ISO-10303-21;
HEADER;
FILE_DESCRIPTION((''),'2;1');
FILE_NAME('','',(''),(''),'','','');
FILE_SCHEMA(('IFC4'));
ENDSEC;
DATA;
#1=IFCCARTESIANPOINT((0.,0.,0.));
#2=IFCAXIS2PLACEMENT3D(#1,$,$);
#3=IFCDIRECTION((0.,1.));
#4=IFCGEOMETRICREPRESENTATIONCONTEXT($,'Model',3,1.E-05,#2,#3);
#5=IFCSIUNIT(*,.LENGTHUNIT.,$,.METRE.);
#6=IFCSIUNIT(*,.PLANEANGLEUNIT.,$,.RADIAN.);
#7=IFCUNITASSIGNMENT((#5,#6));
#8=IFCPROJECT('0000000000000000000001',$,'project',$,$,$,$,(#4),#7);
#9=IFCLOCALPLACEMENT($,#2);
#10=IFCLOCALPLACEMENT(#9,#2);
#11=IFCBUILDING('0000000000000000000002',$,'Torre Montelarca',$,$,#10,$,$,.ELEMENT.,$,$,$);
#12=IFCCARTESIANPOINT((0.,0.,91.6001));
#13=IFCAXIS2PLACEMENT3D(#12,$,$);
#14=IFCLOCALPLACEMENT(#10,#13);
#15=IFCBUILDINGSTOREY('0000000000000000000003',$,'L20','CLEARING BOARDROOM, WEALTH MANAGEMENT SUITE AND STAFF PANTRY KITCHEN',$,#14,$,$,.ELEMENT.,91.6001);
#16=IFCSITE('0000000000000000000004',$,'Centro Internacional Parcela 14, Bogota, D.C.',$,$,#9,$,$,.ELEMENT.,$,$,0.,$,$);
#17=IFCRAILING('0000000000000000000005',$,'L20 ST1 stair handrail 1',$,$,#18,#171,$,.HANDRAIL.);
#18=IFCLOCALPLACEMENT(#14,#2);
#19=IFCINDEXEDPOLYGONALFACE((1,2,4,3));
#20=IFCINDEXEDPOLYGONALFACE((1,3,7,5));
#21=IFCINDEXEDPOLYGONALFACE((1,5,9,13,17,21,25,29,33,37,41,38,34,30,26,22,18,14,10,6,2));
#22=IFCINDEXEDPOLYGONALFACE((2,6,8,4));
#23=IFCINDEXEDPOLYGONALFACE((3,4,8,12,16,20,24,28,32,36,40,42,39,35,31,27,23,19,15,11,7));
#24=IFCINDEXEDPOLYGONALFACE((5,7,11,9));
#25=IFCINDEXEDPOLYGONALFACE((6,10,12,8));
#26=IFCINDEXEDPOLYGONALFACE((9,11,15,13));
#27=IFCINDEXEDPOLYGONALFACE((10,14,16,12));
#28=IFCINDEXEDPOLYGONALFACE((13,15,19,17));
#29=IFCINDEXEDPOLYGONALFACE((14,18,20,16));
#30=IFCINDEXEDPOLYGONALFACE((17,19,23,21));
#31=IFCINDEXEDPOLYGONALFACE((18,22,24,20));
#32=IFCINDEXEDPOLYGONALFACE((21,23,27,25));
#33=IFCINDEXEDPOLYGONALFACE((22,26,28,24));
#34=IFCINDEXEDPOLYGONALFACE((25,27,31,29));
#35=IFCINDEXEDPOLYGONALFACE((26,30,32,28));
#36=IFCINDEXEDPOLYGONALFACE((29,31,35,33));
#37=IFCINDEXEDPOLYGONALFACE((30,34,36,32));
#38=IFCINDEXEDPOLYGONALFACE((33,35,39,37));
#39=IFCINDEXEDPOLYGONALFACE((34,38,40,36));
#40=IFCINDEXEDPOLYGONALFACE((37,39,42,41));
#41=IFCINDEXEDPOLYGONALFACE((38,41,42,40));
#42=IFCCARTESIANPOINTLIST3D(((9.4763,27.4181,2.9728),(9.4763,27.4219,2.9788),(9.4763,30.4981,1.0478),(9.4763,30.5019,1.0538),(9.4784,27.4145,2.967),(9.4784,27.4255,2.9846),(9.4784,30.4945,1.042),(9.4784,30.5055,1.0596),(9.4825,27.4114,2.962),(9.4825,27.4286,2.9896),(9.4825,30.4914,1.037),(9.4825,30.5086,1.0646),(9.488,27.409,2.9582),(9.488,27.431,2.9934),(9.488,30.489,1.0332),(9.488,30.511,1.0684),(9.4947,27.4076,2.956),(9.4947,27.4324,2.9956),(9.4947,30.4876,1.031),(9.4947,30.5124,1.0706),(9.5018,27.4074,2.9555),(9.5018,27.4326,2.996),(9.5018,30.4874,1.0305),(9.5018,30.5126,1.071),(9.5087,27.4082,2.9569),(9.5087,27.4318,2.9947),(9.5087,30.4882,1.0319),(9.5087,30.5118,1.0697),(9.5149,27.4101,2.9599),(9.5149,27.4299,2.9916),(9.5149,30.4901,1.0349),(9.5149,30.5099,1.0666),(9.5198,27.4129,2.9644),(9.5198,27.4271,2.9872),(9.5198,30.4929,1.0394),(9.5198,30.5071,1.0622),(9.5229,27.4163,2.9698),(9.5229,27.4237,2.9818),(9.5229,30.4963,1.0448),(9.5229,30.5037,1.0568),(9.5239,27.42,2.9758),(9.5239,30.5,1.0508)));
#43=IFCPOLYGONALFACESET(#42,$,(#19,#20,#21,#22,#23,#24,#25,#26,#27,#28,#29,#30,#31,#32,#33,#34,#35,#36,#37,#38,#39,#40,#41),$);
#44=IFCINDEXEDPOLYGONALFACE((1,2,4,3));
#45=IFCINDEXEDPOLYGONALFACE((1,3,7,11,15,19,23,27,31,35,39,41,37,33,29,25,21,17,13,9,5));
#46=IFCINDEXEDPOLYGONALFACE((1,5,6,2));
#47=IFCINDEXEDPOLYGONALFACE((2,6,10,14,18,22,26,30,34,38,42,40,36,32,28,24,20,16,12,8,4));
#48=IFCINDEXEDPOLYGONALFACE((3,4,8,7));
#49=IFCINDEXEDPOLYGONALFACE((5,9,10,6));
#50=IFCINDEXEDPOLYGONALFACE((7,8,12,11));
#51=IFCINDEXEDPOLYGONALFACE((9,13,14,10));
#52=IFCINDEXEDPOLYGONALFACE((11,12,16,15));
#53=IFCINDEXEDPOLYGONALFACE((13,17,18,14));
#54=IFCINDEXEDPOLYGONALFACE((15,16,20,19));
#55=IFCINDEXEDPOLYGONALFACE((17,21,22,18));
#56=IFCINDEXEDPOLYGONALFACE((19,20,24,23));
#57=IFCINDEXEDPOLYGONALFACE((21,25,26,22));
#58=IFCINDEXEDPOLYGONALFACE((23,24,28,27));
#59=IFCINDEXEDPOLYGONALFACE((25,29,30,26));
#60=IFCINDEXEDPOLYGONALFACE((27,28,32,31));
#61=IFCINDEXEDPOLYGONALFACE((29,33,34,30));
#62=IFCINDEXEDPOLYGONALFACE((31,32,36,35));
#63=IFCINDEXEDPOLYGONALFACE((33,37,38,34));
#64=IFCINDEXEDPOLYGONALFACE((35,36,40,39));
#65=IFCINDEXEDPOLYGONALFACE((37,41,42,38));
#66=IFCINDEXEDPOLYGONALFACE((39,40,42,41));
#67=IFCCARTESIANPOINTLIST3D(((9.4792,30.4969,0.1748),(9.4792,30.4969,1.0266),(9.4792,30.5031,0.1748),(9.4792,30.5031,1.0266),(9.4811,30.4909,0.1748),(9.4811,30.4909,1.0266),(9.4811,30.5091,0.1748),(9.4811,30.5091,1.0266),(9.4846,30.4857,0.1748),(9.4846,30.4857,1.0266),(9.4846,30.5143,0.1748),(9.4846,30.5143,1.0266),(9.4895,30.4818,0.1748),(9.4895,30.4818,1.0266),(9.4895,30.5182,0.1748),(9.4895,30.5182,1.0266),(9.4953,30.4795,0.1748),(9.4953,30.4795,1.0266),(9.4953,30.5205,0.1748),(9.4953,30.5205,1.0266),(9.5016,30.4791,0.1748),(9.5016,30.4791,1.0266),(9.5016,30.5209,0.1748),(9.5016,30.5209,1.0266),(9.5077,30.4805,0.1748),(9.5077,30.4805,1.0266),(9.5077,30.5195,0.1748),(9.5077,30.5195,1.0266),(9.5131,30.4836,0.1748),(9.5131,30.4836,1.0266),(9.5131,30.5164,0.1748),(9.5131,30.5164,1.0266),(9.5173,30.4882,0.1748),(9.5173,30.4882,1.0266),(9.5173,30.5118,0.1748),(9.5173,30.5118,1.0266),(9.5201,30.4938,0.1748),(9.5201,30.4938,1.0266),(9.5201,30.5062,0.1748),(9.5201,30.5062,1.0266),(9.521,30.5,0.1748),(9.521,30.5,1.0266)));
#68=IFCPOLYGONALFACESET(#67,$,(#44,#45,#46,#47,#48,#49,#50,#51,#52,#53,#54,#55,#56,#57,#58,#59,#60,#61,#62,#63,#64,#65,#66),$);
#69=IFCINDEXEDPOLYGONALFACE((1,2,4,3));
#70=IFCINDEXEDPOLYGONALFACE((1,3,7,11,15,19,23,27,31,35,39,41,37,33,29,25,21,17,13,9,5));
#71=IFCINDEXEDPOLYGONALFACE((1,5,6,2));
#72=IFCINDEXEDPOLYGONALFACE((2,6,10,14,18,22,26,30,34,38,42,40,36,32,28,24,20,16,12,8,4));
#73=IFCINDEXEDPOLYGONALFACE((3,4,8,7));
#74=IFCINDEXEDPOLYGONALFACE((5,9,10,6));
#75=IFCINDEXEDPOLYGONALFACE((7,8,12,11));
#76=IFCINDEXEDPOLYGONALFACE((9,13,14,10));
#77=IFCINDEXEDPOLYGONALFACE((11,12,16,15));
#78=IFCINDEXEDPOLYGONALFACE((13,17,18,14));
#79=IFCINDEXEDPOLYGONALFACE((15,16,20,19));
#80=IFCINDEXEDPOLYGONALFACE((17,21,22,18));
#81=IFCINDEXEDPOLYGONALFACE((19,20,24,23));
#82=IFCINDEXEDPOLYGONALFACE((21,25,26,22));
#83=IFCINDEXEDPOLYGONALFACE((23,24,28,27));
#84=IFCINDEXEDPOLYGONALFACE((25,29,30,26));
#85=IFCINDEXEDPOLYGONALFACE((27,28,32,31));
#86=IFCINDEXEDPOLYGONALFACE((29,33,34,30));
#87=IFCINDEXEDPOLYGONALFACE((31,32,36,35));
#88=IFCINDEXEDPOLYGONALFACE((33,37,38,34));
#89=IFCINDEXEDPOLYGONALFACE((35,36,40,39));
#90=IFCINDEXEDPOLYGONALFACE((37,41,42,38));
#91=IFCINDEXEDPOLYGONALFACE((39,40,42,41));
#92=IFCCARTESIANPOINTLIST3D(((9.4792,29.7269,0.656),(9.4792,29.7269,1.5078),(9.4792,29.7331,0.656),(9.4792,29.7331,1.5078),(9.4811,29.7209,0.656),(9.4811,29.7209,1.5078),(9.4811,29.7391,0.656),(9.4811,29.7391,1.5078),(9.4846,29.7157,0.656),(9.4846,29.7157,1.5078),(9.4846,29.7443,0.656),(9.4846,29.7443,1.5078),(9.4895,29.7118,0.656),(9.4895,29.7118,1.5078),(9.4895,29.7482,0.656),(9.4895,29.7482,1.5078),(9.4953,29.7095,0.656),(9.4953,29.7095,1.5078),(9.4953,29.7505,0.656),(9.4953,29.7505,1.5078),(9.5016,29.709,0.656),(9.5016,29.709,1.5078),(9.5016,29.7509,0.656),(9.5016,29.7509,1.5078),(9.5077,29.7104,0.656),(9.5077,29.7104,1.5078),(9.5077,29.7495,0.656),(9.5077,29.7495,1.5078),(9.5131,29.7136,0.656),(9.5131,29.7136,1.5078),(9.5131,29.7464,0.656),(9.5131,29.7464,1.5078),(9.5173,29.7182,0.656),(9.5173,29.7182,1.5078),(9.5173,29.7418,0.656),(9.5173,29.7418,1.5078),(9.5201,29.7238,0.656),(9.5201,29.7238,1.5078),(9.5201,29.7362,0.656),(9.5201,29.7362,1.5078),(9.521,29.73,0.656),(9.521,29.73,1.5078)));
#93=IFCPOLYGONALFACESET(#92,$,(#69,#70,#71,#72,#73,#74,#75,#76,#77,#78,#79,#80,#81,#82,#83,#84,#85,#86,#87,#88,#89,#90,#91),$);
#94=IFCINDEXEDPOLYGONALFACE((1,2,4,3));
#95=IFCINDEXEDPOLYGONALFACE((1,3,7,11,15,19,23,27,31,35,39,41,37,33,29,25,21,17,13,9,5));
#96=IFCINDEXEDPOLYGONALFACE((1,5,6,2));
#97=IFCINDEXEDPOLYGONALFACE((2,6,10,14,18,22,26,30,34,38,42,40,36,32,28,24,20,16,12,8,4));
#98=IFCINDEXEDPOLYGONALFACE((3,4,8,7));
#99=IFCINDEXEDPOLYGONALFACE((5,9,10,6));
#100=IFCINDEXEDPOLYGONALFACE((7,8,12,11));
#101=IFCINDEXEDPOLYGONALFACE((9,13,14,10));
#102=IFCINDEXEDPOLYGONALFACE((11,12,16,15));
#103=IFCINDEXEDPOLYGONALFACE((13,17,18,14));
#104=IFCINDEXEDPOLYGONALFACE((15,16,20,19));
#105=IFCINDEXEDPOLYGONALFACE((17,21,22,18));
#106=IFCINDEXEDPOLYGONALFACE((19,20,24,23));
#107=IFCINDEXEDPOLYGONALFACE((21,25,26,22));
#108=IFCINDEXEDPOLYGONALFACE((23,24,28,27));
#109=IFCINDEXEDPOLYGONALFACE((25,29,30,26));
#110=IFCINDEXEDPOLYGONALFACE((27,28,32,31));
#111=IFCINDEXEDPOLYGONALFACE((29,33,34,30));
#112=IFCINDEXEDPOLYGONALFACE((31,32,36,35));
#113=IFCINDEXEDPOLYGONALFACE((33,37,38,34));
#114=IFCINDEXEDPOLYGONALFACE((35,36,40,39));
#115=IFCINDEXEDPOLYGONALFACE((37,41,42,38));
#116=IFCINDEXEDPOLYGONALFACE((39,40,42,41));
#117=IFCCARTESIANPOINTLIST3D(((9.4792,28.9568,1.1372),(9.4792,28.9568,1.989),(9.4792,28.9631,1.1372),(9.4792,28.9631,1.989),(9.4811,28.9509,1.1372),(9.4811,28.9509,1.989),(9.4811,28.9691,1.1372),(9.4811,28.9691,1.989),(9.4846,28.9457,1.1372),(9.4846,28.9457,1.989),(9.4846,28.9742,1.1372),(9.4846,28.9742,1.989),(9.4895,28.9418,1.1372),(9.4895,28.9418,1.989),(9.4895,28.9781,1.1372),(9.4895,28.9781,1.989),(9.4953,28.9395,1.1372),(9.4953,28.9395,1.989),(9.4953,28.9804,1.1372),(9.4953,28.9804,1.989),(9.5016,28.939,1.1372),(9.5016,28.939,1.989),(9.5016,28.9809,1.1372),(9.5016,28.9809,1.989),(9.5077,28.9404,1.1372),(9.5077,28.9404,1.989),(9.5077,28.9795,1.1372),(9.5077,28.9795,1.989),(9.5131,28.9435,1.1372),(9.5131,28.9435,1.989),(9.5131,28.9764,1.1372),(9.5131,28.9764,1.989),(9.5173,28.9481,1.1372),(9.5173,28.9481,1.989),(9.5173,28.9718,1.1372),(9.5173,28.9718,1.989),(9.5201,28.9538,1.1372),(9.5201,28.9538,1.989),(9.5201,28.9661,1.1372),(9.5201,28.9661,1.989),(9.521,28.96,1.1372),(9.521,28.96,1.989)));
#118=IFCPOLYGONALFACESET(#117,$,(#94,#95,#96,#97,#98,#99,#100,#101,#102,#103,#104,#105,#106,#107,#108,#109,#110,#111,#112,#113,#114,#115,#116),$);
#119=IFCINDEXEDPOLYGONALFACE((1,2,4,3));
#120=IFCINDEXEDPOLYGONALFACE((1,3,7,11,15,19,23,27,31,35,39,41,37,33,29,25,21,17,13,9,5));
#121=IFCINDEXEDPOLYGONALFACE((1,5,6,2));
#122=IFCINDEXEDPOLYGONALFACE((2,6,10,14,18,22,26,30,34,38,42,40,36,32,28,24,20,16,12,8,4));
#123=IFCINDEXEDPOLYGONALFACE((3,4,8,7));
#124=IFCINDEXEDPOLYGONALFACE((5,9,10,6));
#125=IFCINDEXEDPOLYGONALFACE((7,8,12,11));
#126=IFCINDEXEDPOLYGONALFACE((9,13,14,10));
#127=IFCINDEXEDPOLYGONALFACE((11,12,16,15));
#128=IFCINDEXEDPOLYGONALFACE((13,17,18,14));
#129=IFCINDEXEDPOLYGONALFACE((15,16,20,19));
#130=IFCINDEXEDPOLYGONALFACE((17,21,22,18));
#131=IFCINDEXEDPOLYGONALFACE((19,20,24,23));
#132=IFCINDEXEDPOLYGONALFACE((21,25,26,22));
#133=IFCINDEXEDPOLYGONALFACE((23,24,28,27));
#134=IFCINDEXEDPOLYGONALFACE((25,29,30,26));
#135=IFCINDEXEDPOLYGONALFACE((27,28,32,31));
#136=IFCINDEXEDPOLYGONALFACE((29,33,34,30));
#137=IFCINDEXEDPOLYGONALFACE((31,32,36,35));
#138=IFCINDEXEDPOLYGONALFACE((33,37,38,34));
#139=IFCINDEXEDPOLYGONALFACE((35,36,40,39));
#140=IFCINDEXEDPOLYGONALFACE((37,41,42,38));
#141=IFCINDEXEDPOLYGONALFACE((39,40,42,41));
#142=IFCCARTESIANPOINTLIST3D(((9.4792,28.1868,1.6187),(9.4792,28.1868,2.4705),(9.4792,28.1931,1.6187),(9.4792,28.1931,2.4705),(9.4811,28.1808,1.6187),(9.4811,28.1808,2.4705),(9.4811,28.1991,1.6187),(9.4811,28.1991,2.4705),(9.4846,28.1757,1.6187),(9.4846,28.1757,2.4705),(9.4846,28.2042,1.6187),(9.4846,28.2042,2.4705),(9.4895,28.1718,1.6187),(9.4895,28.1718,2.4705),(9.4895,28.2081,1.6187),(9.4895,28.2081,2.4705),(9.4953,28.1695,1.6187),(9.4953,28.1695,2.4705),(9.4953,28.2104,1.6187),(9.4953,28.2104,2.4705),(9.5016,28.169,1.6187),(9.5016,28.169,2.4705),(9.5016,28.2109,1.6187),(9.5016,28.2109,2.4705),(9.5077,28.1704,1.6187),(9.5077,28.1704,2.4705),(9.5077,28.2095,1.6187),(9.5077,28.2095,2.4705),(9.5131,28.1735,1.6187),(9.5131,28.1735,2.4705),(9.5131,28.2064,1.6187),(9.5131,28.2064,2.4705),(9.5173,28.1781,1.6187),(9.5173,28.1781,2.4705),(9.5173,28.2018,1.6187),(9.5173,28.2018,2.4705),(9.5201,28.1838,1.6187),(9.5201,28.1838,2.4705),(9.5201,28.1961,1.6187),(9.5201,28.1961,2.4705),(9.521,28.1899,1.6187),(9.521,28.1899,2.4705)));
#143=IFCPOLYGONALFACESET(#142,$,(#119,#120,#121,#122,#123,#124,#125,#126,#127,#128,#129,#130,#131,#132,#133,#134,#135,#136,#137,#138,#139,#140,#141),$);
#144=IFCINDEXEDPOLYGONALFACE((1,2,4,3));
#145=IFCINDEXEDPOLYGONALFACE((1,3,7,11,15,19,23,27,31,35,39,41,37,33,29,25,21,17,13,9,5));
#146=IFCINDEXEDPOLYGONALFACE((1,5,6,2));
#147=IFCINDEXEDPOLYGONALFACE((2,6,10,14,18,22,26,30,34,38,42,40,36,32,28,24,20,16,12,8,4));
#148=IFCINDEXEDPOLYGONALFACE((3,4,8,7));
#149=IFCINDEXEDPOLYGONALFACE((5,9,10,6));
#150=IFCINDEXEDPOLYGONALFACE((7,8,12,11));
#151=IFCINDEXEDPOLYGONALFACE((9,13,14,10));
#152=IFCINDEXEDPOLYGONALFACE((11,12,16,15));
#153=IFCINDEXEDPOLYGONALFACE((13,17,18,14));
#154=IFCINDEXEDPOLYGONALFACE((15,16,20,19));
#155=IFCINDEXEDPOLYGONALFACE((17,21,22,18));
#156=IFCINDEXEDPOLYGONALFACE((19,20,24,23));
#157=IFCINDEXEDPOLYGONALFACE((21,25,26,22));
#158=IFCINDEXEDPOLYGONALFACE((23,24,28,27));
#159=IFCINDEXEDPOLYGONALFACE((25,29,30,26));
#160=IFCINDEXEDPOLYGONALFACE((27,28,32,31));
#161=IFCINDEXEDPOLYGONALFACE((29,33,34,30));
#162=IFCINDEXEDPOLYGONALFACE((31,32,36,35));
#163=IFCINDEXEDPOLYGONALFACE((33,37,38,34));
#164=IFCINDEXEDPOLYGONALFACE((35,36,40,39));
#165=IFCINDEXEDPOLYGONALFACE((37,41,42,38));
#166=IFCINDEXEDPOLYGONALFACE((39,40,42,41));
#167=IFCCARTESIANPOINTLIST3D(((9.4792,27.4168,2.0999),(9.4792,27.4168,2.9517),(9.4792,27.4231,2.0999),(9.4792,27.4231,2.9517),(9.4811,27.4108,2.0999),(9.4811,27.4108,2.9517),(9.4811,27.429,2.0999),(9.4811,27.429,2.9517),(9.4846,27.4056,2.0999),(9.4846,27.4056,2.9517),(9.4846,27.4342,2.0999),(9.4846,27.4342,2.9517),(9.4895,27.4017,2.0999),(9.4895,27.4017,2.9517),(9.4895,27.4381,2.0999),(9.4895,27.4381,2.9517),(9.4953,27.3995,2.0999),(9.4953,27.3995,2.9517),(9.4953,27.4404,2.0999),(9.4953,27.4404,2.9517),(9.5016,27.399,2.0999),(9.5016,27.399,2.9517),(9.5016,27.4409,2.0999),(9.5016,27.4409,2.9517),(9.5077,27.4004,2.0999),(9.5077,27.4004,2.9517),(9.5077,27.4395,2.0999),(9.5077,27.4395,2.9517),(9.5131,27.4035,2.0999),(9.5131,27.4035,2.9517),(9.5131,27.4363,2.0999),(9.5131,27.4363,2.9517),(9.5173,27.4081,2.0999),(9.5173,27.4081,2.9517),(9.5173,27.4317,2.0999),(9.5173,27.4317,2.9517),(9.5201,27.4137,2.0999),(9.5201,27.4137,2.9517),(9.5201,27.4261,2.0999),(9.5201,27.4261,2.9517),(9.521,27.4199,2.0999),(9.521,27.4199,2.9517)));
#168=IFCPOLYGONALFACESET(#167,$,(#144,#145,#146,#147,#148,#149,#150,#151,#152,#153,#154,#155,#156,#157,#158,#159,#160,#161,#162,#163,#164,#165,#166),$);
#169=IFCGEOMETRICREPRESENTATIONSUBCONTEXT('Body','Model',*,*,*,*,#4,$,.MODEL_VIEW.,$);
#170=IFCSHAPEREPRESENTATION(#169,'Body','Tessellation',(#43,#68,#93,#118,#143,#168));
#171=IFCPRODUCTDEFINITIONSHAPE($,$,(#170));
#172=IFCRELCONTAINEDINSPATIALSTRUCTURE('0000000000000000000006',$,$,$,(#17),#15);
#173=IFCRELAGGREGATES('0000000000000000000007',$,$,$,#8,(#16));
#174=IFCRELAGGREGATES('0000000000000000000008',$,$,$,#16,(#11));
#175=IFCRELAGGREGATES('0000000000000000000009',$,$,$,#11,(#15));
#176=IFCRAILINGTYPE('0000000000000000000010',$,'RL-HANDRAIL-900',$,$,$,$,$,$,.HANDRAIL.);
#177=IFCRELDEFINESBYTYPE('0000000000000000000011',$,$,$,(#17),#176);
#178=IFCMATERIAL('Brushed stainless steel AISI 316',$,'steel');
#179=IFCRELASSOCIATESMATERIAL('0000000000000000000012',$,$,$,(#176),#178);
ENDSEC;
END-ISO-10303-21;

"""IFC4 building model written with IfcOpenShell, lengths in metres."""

from ifc_helpers import new_model, si_unit, direction, frame, origin, origin_2d, place, context, subcontext, project, spatial, circle, extrude, material, type_object, element, save


model = new_model("IFC4")

# Units and contexts
model_context = context("Model", 3, precision=1e-05, world=origin(), true_north=direction((0.0, 1.0)))
body_context = subcontext(model_context, "Body", "Model", "MODEL_VIEW")
ifc_project = project(units=[si_unit("LENGTHUNIT", "METRE"), si_unit("PLANEANGLEUNIT", "RADIAN")], contexts=[model_context])

# Site, building, storey
site_placement = place(None, origin())
site = spatial("IfcSite", under=ifc_project, at=site_placement, Name="Centro Internacional Parcela 14, Bogota, D.C.", CompositionType="ELEMENT", RefElevation=0.0)
building_placement = place(site_placement, origin())
building = spatial("IfcBuilding", under=site, at=building_placement, Name="Torre Montelarca", CompositionType="ELEMENT")
storey_placement = place(building_placement, frame((0.0, 0.0, 91.6001)))
storey = spatial("IfcBuildingStorey", under=building, at=storey_placement, Name="L20", Description="CLEARING BOARDROOM, WEALTH MANAGEMENT SUITE AND STAFF PANTRY KITCHEN", CompositionType="ELEMENT", Elevation=91.6001)

# Shared definitions
ifc_material_1 = material(Name="Brushed stainless steel AISI 316", Category="steel")

# Railing
railing_type_1 = type_object("IfcRailingType", Name="RL-HANDRAIL-900", PredefinedType="HANDRAIL", material=ifc_material_1)
railing_1_placement = place(storey_placement, frame((9.5, 30.5, 0.1748)))
element("IfcRailing", 1, at=railing_1_placement, inside=storey, type_object=railing_type_1, Name="L20 ST1 stair handrail 1", PredefinedType="HANDRAIL", context=body_context, shape_type="SweptSolid", body=[
    extrude(circle(Radius=0.0239, at=origin_2d()), frame((0.0, 0.0, 0.876), z_axis=(0.0, -0.847998, 0.529999), x_axis=(1.0, 0.0, 0.0)), (0.0, 0.0, 1.0), 3.6321),
    extrude(circle(Radius=0.021, at=origin_2d()), origin(), (0.0, 0.0, 1.0), 0.8518),
    extrude(circle(Radius=0.021, at=origin_2d()), frame((0.0, -0.77, 0.4812)), (0.0, 0.0, 1.0), 0.8518),
    extrude(circle(Radius=0.021, at=origin_2d()), frame((0.0, -1.54, 0.9624)), (0.0, 0.0, 1.0), 0.8518),
    extrude(circle(Radius=0.021, at=origin_2d()), frame((0.0, -2.3101, 1.4438)), (0.0, 0.0, 1.0), 0.8518),
    extrude(circle(Radius=0.021, at=origin_2d()), frame((0.0, -3.0801, 1.925)), (0.0, 0.0, 1.0), 0.8518),
])

save(model, "model.ifc")
